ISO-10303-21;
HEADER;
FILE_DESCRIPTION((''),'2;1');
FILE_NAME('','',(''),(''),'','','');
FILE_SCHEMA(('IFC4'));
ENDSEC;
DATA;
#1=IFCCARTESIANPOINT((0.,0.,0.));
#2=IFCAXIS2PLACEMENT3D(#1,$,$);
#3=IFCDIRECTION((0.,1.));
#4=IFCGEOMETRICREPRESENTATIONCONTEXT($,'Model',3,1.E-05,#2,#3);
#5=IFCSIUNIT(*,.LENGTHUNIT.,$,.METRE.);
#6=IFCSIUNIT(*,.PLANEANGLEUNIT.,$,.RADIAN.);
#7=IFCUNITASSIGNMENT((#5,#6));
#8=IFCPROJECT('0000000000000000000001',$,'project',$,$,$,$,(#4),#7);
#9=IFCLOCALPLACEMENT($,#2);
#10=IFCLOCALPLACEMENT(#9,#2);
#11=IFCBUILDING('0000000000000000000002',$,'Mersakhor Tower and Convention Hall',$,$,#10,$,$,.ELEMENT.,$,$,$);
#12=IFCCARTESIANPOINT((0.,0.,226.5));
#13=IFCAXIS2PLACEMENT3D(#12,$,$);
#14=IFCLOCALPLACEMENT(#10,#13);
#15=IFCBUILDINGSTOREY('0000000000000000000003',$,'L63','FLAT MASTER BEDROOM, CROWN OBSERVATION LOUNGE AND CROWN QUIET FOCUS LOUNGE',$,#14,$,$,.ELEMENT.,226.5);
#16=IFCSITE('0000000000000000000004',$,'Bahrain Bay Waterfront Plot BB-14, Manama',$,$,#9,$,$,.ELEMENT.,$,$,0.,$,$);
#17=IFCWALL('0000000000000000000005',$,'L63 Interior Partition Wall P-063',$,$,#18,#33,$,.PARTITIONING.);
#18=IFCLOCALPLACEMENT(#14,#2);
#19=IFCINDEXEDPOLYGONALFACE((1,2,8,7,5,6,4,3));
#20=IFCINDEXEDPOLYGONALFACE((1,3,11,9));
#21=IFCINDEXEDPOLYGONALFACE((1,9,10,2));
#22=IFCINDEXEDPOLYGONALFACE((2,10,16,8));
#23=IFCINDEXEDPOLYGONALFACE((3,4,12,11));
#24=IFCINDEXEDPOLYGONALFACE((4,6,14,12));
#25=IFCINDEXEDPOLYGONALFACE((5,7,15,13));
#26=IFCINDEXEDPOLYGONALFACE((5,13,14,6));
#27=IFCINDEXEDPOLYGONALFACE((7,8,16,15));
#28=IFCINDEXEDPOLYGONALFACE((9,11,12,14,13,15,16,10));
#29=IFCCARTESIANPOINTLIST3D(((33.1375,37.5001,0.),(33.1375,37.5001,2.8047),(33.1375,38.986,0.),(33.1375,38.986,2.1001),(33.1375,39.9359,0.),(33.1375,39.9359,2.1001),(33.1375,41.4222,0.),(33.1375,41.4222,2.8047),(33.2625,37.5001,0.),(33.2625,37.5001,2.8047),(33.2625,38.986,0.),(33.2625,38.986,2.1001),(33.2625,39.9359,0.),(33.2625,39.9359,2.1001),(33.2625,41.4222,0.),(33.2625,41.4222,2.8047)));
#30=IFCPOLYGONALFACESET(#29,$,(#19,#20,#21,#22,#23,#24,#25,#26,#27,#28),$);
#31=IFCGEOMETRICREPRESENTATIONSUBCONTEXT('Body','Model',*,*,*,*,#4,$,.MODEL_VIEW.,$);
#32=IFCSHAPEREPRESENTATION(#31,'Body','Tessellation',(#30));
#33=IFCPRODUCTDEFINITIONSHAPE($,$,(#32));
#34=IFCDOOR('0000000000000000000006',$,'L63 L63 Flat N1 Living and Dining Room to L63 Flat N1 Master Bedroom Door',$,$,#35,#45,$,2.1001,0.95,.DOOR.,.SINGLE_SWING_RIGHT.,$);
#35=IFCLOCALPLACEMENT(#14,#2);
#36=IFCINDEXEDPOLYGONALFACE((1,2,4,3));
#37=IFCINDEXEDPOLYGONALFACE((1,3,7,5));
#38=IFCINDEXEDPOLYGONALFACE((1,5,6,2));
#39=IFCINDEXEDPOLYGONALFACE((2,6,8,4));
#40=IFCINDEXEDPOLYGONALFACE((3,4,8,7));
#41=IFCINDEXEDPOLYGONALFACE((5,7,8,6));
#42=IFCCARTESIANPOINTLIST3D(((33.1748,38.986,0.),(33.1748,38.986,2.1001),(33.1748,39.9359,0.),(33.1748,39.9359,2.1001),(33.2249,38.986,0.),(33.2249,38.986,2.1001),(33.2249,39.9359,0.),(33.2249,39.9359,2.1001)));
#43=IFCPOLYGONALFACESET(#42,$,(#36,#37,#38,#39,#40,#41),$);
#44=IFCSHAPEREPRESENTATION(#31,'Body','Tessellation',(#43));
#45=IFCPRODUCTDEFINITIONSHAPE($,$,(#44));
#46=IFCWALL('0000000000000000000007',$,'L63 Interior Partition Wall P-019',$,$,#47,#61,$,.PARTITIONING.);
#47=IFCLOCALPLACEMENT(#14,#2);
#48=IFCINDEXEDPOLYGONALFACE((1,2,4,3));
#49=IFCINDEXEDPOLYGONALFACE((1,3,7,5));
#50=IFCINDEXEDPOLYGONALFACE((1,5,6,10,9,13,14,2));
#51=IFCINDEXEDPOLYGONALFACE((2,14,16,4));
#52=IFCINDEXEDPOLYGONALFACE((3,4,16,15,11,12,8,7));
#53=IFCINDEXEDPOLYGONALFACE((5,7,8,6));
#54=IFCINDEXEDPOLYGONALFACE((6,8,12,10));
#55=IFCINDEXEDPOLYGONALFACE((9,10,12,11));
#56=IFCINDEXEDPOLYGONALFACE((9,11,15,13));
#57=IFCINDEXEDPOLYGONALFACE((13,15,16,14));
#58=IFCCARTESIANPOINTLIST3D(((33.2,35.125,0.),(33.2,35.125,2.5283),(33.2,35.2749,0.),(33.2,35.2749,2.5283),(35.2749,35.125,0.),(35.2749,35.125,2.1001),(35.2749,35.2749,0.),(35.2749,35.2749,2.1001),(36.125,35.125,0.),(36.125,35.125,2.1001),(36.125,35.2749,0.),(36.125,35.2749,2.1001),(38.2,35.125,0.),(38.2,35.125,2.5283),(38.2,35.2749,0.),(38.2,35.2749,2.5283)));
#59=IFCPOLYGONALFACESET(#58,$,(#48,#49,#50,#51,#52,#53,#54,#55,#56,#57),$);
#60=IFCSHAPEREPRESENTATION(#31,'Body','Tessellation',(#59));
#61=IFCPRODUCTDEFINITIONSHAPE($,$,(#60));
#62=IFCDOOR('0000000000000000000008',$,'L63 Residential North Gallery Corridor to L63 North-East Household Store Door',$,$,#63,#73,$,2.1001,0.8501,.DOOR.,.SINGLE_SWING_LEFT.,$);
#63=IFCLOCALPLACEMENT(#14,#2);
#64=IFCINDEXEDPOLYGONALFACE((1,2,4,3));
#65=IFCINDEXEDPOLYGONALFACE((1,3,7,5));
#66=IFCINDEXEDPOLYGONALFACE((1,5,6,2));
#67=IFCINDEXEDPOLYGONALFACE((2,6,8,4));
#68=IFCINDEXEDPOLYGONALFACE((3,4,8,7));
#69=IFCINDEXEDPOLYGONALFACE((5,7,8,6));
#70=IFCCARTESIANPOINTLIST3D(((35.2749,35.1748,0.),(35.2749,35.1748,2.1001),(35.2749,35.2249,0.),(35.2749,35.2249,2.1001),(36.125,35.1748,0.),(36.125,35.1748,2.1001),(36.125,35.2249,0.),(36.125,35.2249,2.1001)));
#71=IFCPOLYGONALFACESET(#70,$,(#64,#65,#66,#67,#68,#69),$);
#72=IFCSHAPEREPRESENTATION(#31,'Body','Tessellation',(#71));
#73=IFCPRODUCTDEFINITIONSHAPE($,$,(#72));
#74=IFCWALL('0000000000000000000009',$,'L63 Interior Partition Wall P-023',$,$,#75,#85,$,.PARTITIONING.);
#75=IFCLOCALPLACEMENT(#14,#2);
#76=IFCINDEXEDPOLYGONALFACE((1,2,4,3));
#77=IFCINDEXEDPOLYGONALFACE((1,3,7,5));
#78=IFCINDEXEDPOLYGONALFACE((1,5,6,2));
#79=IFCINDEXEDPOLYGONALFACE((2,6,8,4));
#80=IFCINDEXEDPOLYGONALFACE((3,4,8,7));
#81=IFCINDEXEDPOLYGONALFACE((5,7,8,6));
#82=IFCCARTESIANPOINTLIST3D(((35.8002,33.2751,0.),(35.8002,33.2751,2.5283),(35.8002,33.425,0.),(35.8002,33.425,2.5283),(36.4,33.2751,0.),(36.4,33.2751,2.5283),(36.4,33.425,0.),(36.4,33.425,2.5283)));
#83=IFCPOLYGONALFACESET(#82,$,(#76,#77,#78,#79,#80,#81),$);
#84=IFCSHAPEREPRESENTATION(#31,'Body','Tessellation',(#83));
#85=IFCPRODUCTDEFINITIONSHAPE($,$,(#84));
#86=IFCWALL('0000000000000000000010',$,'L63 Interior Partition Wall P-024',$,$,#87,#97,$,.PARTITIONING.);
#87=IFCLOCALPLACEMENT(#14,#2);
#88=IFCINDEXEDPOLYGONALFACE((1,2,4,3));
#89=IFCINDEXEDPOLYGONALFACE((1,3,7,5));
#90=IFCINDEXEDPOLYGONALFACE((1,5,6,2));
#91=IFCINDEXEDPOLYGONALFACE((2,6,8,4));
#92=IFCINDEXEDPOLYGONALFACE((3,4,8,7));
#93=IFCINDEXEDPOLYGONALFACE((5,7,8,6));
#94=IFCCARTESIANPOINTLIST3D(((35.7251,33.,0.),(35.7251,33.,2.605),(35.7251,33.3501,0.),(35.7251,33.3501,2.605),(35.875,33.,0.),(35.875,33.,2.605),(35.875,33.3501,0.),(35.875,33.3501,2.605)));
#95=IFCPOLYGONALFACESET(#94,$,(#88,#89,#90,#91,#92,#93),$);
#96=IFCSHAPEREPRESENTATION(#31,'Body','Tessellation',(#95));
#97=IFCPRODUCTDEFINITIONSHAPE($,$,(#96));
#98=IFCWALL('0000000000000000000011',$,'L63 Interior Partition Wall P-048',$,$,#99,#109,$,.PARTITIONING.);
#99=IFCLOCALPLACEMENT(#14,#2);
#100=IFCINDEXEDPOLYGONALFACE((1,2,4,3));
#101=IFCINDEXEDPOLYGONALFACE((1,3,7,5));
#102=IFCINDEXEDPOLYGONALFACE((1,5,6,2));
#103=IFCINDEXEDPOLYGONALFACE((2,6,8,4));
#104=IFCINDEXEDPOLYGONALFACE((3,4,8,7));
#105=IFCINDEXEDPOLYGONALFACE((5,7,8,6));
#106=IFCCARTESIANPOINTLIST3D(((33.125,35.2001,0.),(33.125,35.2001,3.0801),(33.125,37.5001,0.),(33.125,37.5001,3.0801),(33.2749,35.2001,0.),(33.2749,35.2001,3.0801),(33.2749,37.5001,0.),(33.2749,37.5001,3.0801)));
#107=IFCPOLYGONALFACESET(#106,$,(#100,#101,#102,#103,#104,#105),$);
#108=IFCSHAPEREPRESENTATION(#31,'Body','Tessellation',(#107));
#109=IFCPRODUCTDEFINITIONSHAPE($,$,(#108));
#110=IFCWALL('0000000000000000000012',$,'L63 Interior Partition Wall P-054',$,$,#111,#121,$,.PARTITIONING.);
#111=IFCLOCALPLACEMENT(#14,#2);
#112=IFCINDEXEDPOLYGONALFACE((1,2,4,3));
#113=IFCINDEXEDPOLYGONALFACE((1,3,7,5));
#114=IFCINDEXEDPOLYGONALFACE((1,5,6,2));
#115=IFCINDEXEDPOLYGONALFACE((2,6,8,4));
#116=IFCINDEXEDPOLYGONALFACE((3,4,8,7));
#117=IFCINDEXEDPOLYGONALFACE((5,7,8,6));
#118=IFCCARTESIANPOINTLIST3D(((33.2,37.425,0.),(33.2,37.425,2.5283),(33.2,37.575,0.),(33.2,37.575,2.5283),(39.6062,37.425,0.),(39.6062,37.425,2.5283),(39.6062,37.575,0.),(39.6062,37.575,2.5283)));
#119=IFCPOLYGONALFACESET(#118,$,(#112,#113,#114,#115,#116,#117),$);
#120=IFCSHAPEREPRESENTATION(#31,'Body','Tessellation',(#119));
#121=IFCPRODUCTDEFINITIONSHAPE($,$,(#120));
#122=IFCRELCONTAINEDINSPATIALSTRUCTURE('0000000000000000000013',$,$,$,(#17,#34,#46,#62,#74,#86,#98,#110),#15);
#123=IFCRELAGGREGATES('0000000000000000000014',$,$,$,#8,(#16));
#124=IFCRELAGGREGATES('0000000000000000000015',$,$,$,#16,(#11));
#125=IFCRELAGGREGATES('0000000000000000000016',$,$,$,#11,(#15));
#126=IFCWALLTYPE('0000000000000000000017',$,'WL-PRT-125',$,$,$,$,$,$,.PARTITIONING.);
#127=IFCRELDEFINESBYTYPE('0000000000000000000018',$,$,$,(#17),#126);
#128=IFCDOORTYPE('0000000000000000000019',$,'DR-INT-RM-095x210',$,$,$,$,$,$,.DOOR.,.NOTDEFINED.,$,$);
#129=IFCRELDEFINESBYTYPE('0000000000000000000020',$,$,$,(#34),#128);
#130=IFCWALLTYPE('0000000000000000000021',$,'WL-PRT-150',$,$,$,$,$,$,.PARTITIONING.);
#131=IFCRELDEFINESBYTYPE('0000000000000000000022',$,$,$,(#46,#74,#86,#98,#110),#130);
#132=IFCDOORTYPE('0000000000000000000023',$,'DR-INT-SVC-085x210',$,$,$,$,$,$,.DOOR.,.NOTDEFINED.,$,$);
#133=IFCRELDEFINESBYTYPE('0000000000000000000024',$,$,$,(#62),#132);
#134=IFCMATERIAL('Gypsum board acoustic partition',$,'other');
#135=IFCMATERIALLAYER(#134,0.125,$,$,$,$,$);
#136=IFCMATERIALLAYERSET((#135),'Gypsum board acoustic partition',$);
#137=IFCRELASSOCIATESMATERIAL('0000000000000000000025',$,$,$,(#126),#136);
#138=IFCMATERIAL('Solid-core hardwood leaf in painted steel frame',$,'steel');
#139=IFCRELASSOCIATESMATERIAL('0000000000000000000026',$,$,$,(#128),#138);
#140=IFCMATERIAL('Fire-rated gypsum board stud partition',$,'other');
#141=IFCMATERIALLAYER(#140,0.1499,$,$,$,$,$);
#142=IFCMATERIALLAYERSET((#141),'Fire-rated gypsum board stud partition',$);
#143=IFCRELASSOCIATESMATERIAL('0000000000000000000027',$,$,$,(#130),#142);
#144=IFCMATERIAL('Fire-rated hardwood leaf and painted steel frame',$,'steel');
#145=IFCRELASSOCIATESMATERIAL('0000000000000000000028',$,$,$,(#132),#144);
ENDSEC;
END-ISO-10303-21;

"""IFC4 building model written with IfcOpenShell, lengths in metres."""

from ifc_helpers import new_model, si_unit, direction, frame, frame_2d, origin, place, context, subcontext, project, spatial, rectangle, extrude, material, layer, layer_set, type_object, element, fill, save


model = new_model("IFC4")

# Units and contexts
model_context = context("Model", 3, precision=1e-05, world=origin(), true_north=direction((0.0, 1.0)))
body_context = subcontext(model_context, "Body", "Model", "MODEL_VIEW")
ifc_project = project(units=[si_unit("LENGTHUNIT", "METRE"), si_unit("PLANEANGLEUNIT", "RADIAN")], contexts=[model_context])

# Site, building, storey
site_placement = place(None, origin())
site = spatial("IfcSite", under=ifc_project, at=site_placement, Name="Bahrain Bay Waterfront Plot BB-14, Manama", CompositionType="ELEMENT", RefElevation=0.0)
building_placement = place(site_placement, origin())
building = spatial("IfcBuilding", under=site, at=building_placement, Name="Mersakhor Tower and Convention Hall", CompositionType="ELEMENT")
storey_placement = place(building_placement, frame((0.0, 0.0, 226.5)))
storey = spatial("IfcBuildingStorey", under=building, at=storey_placement, Name="L63", Description="FLAT MASTER BEDROOM, CROWN OBSERVATION LOUNGE AND CROWN QUIET FOCUS LOUNGE", CompositionType="ELEMENT", Elevation=226.5)

# Walls, openings, doors
ifc_material_1 = material(Name="Gypsum board acoustic partition", Category="other")
ifc_layer_1 = layer(ifc_material_1, 0.125)
ifc_layer_set_1 = layer_set([ifc_layer_1], Name="Gypsum board acoustic partition")
wall_type_1 = type_object("IfcWallType", Name="WL-PRT-125", PredefinedType="PARTITIONING", material=ifc_layer_set_1)
ifc_material_2 = material(Name="Solid-core hardwood leaf in painted steel frame", Category="steel")
door_type_1 = type_object("IfcDoorType", Name="DR-INT-RM-095x210", OperationType="NOTDEFINED", PredefinedType="DOOR", material=ifc_material_2)
wall_1_placement = place(storey_placement, frame((33.2, 41.4221, 0.0), z_axis=(0.0, 0.0, 1.0), x_axis=(0.0, -1.0, 0.0)))
wall_1 = element("IfcWall", 1, at=wall_1_placement, inside=storey, type_object=wall_type_1, Name="L63 Interior Partition Wall P-063", PredefinedType="PARTITIONING", context=body_context, shape_type="SweptSolid", body=[
    extrude(rectangle(XDim=3.9221, YDim=0.125, at=frame_2d((1.9609, 0.0))), origin(), (0.0, 0.0, 1.0), 2.8047),
])
opening_1_placement = place(wall_1_placement, frame((1.4861, 0.0, 0.0)))
opening_1 = element("IfcOpeningElement", 2, at=opening_1_placement, cuts=wall_1, PredefinedType="OPENING", context=body_context, shape_type="SweptSolid", body=[
    extrude(rectangle(XDim=0.95, YDim=2.1001, at=frame_2d((0.4751, 1.05))), frame((0.0, 0.0725, 0.0), z_axis=(0.0, -1.0, 0.0), x_axis=(1.0, 0.0, 0.0)), (0.0, 0.0, 1.0), 0.145),
])
door_1_placement = place(opening_1_placement, origin())
door_1 = element("IfcDoor", 3, at=door_1_placement, inside=storey, type_object=door_type_1, Name="L63 L63 Flat N1 Living and Dining Room to L63 Flat N1 Master Bedroom Door", OperationType="SINGLE_SWING_RIGHT", OverallHeight=2.1001, OverallWidth=0.95, PredefinedType="DOOR", context=body_context, shape_type="SweptSolid", body=[
    extrude(rectangle(XDim=0.95, YDim=2.1001, at=frame_2d((0.4751, 1.05))), frame((0.0, 0.0249, 0.0), z_axis=(0.0, -1.0, 0.0), x_axis=(1.0, 0.0, 0.0)), (0.0, 0.0, 1.0), 0.05),
])
fill(opening_1, door_1)
ifc_material_3 = material(Name="Fire-rated gypsum board stud partition", Category="other")
ifc_layer_2 = layer(ifc_material_3, 0.1499)
ifc_layer_set_2 = layer_set([ifc_layer_2], Name="Fire-rated gypsum board stud partition")
wall_type_2 = type_object("IfcWallType", Name="WL-PRT-150", PredefinedType="PARTITIONING", material=ifc_layer_set_2)
wall_2_placement = place(storey_placement, frame((33.2, 35.2, 0.0), z_axis=(0.0, 0.0, 1.0), x_axis=(1.0, 0.0, 0.0)))
wall_2 = element("IfcWall", 4, at=wall_2_placement, inside=storey, type_object=wall_type_2, Name="L63 Interior Partition Wall P-019", PredefinedType="PARTITIONING", context=body_context, shape_type="SweptSolid", body=[
    extrude(rectangle(XDim=5.0, YDim=0.1499, at=frame_2d((2.5, 0.0))), origin(), (0.0, 0.0, 1.0), 2.5283),
])
opening_2_placement = place(wall_2_placement, frame((2.075, 0.0, 0.0)))
opening_2 = element("IfcOpeningElement", 5, at=opening_2_placement, cuts=wall_2, PredefinedType="OPENING", context=body_context, shape_type="SweptSolid", body=[
    extrude(rectangle(XDim=0.8501, YDim=2.1001, at=frame_2d((0.425, 1.05))), frame((0.0, 0.085, 0.0), z_axis=(0.0, -1.0, 0.0), x_axis=(1.0, 0.0, 0.0)), (0.0, 0.0, 1.0), 0.1699),
])
ifc_material_4 = material(Name="Fire-rated hardwood leaf and painted steel frame", Category="steel")
door_type_2 = type_object("IfcDoorType", Name="DR-INT-SVC-085x210", OperationType="NOTDEFINED", PredefinedType="DOOR", material=ifc_material_4)
door_2_placement = place(opening_2_placement, origin())
door_2 = element("IfcDoor", 6, at=door_2_placement, inside=storey, type_object=door_type_2, Name="L63 Residential North Gallery Corridor to L63 North-East Household Store Door", OperationType="SINGLE_SWING_LEFT", OverallHeight=2.1001, OverallWidth=0.8501, PredefinedType="DOOR", context=body_context, shape_type="SweptSolid", body=[
    extrude(rectangle(XDim=0.8501, YDim=2.1001, at=frame_2d((0.425, 1.05))), frame((0.0, 0.0249, 0.0), z_axis=(0.0, -1.0, 0.0), x_axis=(1.0, 0.0, 0.0)), (0.0, 0.0, 1.0), 0.05),
])
fill(opening_2, door_2)

# Walls
wall_3_placement = place(storey_placement, frame((36.3999, 33.3501, 0.0), z_axis=(0.0, 0.0, 1.0), x_axis=(-1.0, 0.0, 0.0)))
element("IfcWall", 7, at=wall_3_placement, inside=storey, type_object=wall_type_2, Name="L63 Interior Partition Wall P-023", PredefinedType="PARTITIONING", context=body_context, shape_type="SweptSolid", body=[
    extrude(rectangle(XDim=0.5999, YDim=0.1499, at=frame_2d((0.2998, 0.0))), origin(), (0.0, 0.0, 1.0), 2.5283),
])
wall_4_placement = place(storey_placement, frame((35.8, 33.3501, 0.0), z_axis=(0.0, 0.0, 1.0), x_axis=(0.0, -1.0, 0.0)))
element("IfcWall", 8, at=wall_4_placement, inside=storey, type_object=wall_type_2, Name="L63 Interior Partition Wall P-024", PredefinedType="PARTITIONING", context=body_context, shape_type="SweptSolid", body=[
    extrude(rectangle(XDim=0.3501, YDim=0.1499, at=frame_2d((0.175, 0.0))), origin(), (0.0, 0.0, 1.0), 2.605),
])
wall_5_placement = place(storey_placement, frame((33.2, 37.5, 0.0), z_axis=(0.0, 0.0, 1.0), x_axis=(0.0, -1.0, 0.0)))
element("IfcWall", 9, at=wall_5_placement, inside=storey, type_object=wall_type_2, Name="L63 Interior Partition Wall P-048", PredefinedType="PARTITIONING", context=body_context, shape_type="SweptSolid", body=[
    extrude(rectangle(XDim=2.3, YDim=0.1499, at=frame_2d((1.1499, 0.0))), origin(), (0.0, 0.0, 1.0), 3.0801),
])
wall_6_placement = place(storey_placement, frame((33.2, 37.5, 0.0), z_axis=(0.0, 0.0, 1.0), x_axis=(1.0, 0.0, 0.0)))
element("IfcWall", 10, at=wall_6_placement, inside=storey, type_object=wall_type_2, Name="L63 Interior Partition Wall P-054", PredefinedType="PARTITIONING", context=body_context, shape_type="SweptSolid", body=[
    extrude(rectangle(XDim=6.4062, YDim=0.1499, at=frame_2d((3.2031, 0.0))), origin(), (0.0, 0.0, 1.0), 2.5283),
])

save(model, "model.ifc")
